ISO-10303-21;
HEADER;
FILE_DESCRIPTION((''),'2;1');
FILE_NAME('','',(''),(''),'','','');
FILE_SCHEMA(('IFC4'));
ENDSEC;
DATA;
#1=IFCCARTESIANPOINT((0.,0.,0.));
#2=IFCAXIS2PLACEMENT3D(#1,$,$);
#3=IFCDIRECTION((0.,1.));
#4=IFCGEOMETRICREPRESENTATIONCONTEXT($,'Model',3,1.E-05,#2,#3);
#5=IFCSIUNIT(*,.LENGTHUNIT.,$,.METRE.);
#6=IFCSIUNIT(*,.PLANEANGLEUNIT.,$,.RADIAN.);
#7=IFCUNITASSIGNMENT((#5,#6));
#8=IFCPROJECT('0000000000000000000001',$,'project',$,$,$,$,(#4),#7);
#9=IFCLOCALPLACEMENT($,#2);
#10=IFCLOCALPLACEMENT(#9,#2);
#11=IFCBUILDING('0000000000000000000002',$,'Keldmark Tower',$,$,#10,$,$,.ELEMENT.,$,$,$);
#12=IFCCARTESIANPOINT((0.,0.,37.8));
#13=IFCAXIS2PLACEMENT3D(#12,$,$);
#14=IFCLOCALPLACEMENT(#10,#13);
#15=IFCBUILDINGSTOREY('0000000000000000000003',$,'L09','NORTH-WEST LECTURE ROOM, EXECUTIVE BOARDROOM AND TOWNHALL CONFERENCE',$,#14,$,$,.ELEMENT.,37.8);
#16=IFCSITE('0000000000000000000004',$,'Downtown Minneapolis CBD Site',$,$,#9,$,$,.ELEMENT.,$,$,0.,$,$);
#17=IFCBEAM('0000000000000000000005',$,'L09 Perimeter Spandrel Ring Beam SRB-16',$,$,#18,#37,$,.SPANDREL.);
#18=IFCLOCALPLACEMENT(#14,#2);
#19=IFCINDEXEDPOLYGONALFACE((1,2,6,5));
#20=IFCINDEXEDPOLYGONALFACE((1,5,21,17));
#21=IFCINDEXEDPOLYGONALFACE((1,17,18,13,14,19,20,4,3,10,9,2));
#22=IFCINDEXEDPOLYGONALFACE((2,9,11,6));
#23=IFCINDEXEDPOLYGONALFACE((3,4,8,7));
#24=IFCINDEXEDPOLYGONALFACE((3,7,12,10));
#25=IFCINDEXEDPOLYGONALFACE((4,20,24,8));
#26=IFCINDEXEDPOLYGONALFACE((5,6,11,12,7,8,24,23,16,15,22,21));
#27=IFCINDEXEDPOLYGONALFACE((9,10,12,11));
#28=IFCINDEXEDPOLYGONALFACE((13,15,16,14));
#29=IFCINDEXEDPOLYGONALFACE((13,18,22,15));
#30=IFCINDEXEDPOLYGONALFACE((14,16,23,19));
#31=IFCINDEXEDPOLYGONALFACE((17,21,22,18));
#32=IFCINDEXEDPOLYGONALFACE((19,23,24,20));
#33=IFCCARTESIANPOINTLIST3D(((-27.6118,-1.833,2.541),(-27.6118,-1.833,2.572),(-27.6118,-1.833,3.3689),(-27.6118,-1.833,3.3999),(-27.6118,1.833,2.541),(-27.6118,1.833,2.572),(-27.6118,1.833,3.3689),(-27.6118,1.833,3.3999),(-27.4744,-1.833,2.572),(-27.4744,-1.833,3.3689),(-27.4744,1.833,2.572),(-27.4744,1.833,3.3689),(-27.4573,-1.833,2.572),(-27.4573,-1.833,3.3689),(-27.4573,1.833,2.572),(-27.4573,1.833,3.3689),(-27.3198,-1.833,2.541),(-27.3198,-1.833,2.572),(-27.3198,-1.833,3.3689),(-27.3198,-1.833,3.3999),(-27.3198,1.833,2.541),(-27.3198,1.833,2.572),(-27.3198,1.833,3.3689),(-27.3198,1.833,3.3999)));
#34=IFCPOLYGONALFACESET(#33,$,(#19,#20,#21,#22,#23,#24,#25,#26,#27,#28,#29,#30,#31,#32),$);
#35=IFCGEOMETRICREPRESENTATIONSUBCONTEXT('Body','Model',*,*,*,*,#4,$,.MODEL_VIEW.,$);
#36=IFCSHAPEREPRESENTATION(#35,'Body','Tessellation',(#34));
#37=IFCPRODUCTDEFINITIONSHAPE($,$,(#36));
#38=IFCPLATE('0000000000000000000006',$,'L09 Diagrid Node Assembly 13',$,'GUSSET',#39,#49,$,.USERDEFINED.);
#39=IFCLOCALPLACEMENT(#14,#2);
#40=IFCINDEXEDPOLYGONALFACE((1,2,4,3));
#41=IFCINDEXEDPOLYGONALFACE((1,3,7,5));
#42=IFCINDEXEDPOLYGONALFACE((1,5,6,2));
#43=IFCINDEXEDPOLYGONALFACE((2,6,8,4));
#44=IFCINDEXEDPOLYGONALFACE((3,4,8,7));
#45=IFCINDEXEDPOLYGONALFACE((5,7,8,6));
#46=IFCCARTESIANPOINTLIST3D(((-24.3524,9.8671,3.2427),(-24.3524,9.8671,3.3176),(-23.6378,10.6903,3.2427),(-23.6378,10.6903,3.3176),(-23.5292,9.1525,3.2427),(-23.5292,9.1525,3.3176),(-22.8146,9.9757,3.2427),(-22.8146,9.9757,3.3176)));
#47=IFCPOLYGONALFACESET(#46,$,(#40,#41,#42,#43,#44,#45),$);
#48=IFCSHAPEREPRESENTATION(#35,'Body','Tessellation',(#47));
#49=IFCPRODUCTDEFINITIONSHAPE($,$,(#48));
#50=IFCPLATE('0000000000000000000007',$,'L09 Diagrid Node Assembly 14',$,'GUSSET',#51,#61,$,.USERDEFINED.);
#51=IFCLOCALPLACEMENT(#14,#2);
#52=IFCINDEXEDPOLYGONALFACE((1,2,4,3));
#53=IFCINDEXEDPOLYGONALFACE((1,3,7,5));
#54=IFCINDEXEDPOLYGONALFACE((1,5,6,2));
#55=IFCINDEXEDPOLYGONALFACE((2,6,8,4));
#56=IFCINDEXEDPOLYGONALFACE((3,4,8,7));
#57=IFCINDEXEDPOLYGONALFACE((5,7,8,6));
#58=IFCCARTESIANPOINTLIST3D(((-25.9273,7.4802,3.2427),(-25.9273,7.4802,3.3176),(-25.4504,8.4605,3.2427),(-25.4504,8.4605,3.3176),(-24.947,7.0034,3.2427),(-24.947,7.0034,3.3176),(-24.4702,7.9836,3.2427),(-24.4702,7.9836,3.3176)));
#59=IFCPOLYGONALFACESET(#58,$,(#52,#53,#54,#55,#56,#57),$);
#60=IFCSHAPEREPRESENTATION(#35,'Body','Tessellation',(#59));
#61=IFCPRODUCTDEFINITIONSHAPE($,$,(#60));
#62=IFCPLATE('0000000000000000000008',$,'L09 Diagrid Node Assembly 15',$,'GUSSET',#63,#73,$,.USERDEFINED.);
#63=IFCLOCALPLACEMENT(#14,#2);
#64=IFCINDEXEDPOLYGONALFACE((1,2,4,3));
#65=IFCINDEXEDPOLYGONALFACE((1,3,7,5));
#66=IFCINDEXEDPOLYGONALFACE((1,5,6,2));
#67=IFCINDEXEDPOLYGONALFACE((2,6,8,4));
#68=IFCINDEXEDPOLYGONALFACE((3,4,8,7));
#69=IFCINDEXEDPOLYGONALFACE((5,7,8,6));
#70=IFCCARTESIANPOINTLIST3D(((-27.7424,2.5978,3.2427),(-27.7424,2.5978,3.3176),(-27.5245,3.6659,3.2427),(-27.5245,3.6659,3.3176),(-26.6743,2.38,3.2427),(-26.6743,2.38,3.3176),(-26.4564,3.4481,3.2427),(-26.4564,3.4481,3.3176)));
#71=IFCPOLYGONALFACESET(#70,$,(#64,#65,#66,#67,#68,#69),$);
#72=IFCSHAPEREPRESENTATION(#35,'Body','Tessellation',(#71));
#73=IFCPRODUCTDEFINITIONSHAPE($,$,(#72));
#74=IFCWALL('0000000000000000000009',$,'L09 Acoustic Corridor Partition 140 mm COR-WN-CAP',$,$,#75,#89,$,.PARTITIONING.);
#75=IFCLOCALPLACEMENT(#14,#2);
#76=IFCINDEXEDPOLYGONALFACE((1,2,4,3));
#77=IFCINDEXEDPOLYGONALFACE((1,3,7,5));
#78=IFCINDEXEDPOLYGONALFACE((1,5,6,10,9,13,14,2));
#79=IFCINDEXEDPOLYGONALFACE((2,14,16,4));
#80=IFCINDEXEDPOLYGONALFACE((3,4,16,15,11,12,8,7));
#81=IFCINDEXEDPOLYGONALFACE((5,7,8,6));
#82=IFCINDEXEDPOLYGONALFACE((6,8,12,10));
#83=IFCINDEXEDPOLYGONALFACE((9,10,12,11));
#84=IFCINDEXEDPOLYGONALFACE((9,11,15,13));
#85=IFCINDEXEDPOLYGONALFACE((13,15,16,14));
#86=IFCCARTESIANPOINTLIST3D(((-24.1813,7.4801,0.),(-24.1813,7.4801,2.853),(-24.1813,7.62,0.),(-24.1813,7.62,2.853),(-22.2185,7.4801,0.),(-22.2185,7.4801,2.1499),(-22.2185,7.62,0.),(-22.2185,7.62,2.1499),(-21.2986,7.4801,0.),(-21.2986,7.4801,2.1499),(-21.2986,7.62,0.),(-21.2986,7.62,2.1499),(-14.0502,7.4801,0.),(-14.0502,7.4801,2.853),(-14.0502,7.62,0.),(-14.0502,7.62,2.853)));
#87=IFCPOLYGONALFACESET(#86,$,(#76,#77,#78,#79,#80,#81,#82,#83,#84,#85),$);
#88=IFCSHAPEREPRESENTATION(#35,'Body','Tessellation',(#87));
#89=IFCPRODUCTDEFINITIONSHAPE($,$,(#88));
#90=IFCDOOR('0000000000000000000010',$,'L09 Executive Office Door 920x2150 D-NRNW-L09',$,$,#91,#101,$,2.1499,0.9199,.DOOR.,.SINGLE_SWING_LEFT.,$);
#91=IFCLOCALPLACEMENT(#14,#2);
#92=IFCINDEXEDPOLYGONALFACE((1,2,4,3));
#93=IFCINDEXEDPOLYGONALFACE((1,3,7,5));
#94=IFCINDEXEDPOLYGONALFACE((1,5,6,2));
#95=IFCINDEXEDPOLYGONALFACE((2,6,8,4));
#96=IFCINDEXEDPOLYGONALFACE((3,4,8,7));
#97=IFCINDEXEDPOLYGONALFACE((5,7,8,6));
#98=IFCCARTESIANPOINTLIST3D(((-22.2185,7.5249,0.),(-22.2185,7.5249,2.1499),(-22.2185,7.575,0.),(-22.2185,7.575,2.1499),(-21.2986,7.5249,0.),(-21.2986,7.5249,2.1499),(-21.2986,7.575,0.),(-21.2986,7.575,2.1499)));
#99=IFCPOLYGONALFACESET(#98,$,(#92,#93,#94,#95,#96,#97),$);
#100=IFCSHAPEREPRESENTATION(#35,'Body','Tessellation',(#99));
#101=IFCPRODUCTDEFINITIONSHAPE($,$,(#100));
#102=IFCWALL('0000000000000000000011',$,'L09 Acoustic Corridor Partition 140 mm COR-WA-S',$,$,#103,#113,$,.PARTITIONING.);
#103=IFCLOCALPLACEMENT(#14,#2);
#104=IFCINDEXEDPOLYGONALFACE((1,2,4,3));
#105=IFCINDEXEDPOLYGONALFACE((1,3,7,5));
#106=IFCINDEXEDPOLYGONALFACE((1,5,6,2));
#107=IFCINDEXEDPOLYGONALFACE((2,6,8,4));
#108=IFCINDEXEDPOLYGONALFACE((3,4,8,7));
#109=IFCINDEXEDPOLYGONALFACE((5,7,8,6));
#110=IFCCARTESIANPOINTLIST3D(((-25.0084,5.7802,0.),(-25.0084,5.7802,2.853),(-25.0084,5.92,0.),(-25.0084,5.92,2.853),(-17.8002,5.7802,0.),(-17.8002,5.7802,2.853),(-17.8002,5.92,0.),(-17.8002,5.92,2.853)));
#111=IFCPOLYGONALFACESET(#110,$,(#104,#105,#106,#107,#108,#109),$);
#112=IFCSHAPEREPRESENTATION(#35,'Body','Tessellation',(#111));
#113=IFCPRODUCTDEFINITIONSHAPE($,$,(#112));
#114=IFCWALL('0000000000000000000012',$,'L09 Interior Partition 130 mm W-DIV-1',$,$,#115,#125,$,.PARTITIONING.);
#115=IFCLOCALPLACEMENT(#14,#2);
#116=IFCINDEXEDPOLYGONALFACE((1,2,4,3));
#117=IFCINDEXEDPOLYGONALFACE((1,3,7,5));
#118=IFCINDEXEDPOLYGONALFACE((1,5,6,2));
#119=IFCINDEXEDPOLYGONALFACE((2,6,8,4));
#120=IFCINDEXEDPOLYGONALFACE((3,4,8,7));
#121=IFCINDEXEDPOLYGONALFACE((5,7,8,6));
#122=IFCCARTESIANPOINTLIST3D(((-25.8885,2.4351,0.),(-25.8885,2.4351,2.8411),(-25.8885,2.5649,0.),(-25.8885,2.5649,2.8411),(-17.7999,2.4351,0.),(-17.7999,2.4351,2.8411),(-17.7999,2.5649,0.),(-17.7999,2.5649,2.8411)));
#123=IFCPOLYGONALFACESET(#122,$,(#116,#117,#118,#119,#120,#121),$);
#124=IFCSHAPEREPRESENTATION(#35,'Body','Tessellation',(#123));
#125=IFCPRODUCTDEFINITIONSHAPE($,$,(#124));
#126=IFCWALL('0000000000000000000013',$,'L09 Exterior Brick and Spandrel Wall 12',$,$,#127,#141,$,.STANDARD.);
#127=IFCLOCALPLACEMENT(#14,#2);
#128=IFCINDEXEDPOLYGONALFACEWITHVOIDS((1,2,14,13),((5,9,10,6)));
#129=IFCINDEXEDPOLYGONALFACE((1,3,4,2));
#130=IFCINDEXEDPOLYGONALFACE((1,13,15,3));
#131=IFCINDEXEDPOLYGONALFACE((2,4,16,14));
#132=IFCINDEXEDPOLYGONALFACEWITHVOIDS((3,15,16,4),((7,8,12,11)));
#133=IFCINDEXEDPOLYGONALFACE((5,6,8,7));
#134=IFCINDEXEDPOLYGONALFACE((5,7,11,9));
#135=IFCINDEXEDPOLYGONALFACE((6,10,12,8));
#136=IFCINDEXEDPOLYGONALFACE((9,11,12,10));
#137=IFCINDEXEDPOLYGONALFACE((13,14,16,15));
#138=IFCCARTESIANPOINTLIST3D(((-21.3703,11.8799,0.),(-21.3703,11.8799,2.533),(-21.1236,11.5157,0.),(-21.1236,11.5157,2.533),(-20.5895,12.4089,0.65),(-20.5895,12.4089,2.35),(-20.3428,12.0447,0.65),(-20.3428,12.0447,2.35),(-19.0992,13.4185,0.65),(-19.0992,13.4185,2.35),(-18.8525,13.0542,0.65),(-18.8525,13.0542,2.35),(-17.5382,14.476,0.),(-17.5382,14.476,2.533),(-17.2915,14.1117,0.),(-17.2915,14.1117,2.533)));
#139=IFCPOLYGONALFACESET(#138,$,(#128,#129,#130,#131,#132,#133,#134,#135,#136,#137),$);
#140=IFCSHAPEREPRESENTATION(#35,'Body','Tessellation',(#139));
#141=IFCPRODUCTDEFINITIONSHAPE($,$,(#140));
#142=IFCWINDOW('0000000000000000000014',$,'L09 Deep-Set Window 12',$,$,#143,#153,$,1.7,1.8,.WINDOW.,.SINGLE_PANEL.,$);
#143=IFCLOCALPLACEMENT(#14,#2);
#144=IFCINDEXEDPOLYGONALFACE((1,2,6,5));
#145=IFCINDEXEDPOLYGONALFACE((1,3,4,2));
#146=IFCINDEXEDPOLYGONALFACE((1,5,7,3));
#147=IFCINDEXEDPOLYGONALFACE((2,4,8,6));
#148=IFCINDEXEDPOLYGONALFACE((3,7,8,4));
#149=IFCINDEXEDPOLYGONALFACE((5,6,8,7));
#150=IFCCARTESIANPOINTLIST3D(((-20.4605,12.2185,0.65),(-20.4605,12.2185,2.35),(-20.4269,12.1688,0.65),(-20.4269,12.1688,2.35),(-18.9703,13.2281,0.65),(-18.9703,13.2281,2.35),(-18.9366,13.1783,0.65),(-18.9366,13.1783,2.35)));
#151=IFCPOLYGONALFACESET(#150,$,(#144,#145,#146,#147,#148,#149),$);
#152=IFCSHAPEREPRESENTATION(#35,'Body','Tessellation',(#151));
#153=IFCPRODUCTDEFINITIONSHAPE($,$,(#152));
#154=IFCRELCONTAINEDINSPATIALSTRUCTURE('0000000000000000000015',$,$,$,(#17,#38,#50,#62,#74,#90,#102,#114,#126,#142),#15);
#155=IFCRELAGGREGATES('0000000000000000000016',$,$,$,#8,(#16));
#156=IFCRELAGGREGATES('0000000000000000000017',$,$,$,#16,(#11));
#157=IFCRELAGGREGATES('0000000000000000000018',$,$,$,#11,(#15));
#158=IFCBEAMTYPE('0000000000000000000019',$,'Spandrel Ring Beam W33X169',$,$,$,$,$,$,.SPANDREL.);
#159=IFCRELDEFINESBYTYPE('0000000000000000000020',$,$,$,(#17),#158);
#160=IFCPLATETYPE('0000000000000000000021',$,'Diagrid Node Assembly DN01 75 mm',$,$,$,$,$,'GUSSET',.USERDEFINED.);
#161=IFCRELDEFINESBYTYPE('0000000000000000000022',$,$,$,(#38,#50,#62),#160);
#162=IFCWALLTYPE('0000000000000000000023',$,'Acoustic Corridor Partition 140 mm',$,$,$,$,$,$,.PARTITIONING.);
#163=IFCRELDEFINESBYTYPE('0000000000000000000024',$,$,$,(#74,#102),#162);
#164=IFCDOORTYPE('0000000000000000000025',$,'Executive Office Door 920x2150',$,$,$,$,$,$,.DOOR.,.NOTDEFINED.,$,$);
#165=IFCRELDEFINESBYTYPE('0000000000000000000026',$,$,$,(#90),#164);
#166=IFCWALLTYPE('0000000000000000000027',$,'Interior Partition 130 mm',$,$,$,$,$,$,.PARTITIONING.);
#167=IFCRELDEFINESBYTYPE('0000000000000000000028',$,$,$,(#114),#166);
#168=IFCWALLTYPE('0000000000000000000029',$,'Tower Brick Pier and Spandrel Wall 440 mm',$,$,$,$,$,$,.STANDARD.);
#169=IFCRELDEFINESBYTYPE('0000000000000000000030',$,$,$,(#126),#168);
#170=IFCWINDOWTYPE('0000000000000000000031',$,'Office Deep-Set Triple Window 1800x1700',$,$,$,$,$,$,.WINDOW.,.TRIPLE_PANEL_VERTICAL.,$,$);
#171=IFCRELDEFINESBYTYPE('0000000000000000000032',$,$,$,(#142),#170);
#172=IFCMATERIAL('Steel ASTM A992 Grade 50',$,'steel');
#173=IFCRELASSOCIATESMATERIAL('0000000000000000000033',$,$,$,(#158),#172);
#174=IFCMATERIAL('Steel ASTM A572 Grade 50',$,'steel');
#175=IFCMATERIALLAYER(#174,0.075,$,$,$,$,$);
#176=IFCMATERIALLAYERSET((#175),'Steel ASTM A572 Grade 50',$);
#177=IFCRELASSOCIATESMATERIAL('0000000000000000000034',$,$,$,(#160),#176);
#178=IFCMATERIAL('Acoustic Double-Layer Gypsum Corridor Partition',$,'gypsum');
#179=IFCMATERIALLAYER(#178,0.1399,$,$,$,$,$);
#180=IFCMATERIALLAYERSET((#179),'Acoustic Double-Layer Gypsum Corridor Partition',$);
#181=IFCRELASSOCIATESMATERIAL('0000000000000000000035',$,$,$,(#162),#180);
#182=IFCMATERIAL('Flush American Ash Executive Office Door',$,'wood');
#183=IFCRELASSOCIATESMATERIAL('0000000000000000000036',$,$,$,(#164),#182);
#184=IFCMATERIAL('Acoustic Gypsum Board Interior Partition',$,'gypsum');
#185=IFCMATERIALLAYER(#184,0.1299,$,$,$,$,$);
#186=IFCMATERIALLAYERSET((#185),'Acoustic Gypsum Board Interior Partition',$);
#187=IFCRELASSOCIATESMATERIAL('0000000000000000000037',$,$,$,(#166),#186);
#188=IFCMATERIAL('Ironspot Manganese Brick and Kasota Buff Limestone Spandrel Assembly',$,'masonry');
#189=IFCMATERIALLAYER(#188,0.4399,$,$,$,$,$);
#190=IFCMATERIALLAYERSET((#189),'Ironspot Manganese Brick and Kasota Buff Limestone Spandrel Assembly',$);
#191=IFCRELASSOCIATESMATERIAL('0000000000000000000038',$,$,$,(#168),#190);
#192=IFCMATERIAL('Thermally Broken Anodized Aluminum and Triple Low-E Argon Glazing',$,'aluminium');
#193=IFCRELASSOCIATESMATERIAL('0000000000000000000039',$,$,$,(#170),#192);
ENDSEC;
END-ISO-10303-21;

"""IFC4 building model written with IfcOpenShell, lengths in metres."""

from ifc_helpers import new_model, si_unit, direction, frame, frame_2d, origin, origin_2d, place, context, subcontext, project, spatial, rectangle, i_section, extrude, material, layer, layer_set, material_profile, profile_set, type_object, element, fill, save


model = new_model("IFC4")

# Units and contexts
model_context = context("Model", 3, precision=1e-05, world=origin(), true_north=direction((0.0, 1.0)))
body_context = subcontext(model_context, "Body", "Model", "MODEL_VIEW")
ifc_project = project(units=[si_unit("LENGTHUNIT", "METRE"), si_unit("PLANEANGLEUNIT", "RADIAN")], contexts=[model_context])

# Site, building, storey
site_placement = place(None, origin())
site = spatial("IfcSite", under=ifc_project, at=site_placement, Name="Downtown Minneapolis CBD Site", CompositionType="ELEMENT", RefElevation=0.0)
building_placement = place(site_placement, origin())
building = spatial("IfcBuilding", under=site, at=building_placement, Name="Keldmark Tower", CompositionType="ELEMENT")
storey_placement = place(building_placement, frame((0.0, 0.0, 37.8)))
storey = spatial("IfcBuildingStorey", under=building, at=storey_placement, Name="L09", Description="NORTH-WEST LECTURE ROOM, EXECUTIVE BOARDROOM AND TOWNHALL CONFERENCE", CompositionType="ELEMENT", Elevation=37.8)

# Beam
ifc_material_1 = material(Name="Steel ASTM A992 Grade 50", Category="steel")
ifc_material_profile_1 = material_profile(ifc_material_1, i_section(OverallWidth=0.292, OverallDepth=0.8589, WebThickness=0.0171, FlangeThickness=0.031, at=origin_2d()), Name="W33X169")
ifc_profile_set_1 = profile_set([ifc_material_profile_1], Name="Steel ASTM A992 Grade 50")
beam_type_1 = type_object("IfcBeamType", Name="Spandrel Ring Beam W33X169", PredefinedType="SPANDREL", material=ifc_profile_set_1)
beam_1_placement = place(storey_placement, frame((-27.4658, 1.833, 2.9705), z_axis=(0.0, -1.0, 0.0), x_axis=(1.0, 0.0, 0.0)))
element("IfcBeam", 1, at=beam_1_placement, inside=storey, type_object=beam_type_1, Name="L09 Perimeter Spandrel Ring Beam SRB-16", PredefinedType="SPANDREL", context=body_context, shape_type="SweptSolid", body=[
    extrude(i_section(OverallWidth=0.292, OverallDepth=0.8589, WebThickness=0.0171, FlangeThickness=0.031, at=origin_2d()), origin(), (0.0, 0.0, 1.0), 3.666),
])

# Plates
ifc_material_2 = material(Name="Steel ASTM A572 Grade 50", Category="steel")
ifc_layer_1 = layer(ifc_material_2, 0.075)
ifc_layer_set_1 = layer_set([ifc_layer_1], Name="Steel ASTM A572 Grade 50")
plate_type = type_object("IfcPlateType", Name="Diagrid Node Assembly DN01 75 mm", ElementType="GUSSET", PredefinedType="USERDEFINED", material=ifc_layer_set_1)
for number, where, z_axis, x_axis, name in (
    (2, (-23.5835, 9.9214, 3.2427), (0.0, 0.0, 1.0), (-0.655532, -0.755167, 0.0), "L09 Diagrid Node Assembly 13"),
    (3, (-25.1987, 7.7319, 3.2427), (0.0, 0.0, 1.0), (-0.43743, -0.899253, 0.0), "L09 Diagrid Node Assembly 14"),
    (4, (-27.0994, 3.0229, 3.2427), (0.0, 0.0, 1.0), (-0.199881, -0.97982, 0.0), "L09 Diagrid Node Assembly 15"),
):
    element("IfcPlate", number, at=place(storey_placement, frame(where, z_axis=z_axis, x_axis=x_axis)), inside=storey, type_object=plate_type, Name=name, ObjectType="GUSSET", PredefinedType="USERDEFINED", context=body_context, shape_type="SweptSolid", body=[
        extrude(rectangle(XDim=1.0901, YDim=1.0901, at=origin_2d()), origin(), (0.0, 0.0, 1.0), 0.075),
    ])

# Wall, opening, door
ifc_material_3 = material(Name="Acoustic Double-Layer Gypsum Corridor Partition", Category="gypsum")
ifc_layer_2 = layer(ifc_material_3, 0.1399)
ifc_layer_set_2 = layer_set([ifc_layer_2], Name="Acoustic Double-Layer Gypsum Corridor Partition")
wall_type_1 = type_object("IfcWallType", Name="Acoustic Corridor Partition 140 mm", PredefinedType="PARTITIONING", material=ifc_layer_set_2)
wall_1_placement = place(storey_placement, frame((-24.1812, 7.55, 0.0), z_axis=(0.0, 0.0, 1.0), x_axis=(1.0, 0.0, 0.0)))
wall_1 = element("IfcWall", 5, at=wall_1_placement, inside=storey, type_object=wall_type_1, Name="L09 Acoustic Corridor Partition 140 mm COR-WN-CAP", PredefinedType="PARTITIONING", context=body_context, shape_type="SweptSolid", body=[
    extrude(rectangle(XDim=10.1311, YDim=0.1399, at=frame_2d((5.0654, 0.0))), origin(), (0.0, 0.0, 1.0), 2.853),
])
opening_1_placement = place(wall_1_placement, frame((1.9626, 0.0, 0.0)))
opening_1 = element("IfcOpeningElement", 6, at=opening_1_placement, cuts=wall_1, PredefinedType="OPENING", context=body_context, shape_type="SweptSolid", body=[
    extrude(rectangle(XDim=0.9199, YDim=2.1499, at=frame_2d((0.46, 1.075))), frame((0.0, 0.0798, 0.0), z_axis=(0.0, -1.0, 0.0), x_axis=(1.0, 0.0, 0.0)), (0.0, 0.0, 1.0), 0.1599),
])
ifc_material_4 = material(Name="Flush American Ash Executive Office Door", Category="wood")
door_type = type_object("IfcDoorType", Name="Executive Office Door 920x2150", OperationType="NOTDEFINED", PredefinedType="DOOR", material=ifc_material_4)
door_placement = place(opening_1_placement, origin())
door = element("IfcDoor", 7, at=door_placement, inside=storey, type_object=door_type, Name="L09 Executive Office Door 920x2150 D-NRNW-L09", OperationType="SINGLE_SWING_LEFT", OverallHeight=2.1499, OverallWidth=0.9199, PredefinedType="DOOR", context=body_context, shape_type="SweptSolid", body=[
    extrude(rectangle(XDim=0.9199, YDim=2.1499, at=frame_2d((0.46, 1.075))), frame((0.0, 0.0249, 0.0), z_axis=(0.0, -1.0, 0.0), x_axis=(1.0, 0.0, 0.0)), (0.0, 0.0, 1.0), 0.05),
])
fill(opening_1, door)

# Walls
wall_2_placement = place(storey_placement, frame((-25.0083, 5.8501, 0.0), z_axis=(0.0, 0.0, 1.0), x_axis=(1.0, 0.0, 0.0)))
element("IfcWall", 8, at=wall_2_placement, inside=storey, type_object=wall_type_1, Name="L09 Acoustic Corridor Partition 140 mm COR-WA-S", PredefinedType="PARTITIONING", context=body_context, shape_type="SweptSolid", body=[
    extrude(rectangle(XDim=7.2083, YDim=0.1399, at=frame_2d((3.604, 0.0))), origin(), (0.0, 0.0, 1.0), 2.853),
])
ifc_material_5 = material(Name="Acoustic Gypsum Board Interior Partition", Category="gypsum")
ifc_layer_3 = layer(ifc_material_5, 0.1299)
ifc_layer_set_3 = layer_set([ifc_layer_3], Name="Acoustic Gypsum Board Interior Partition")
wall_type_2 = type_object("IfcWallType", Name="Interior Partition 130 mm", PredefinedType="PARTITIONING", material=ifc_layer_set_3)
wall_3_placement = place(storey_placement, frame((-25.8887, 2.5, 0.0), z_axis=(0.0, 0.0, 1.0), x_axis=(1.0, 0.0, 0.0)))
element("IfcWall", 9, at=wall_3_placement, inside=storey, type_object=wall_type_2, Name="L09 Interior Partition 130 mm W-DIV-1", PredefinedType="PARTITIONING", context=body_context, shape_type="SweptSolid", body=[
    extrude(rectangle(XDim=8.0886, YDim=0.1299, at=frame_2d((4.0444, 0.0))), origin(), (0.0, 0.0, 1.0), 2.8411),
])

# Wall, opening, window
ifc_material_6 = material(Name="Ironspot Manganese Brick and Kasota Buff Limestone Spandrel Assembly", Category="masonry")
ifc_layer_4 = layer(ifc_material_6, 0.4399)
ifc_layer_set_4 = layer_set([ifc_layer_4], Name="Ironspot Manganese Brick and Kasota Buff Limestone Spandrel Assembly")
wall_type_3 = type_object("IfcWallType", Name="Tower Brick Pier and Spandrel Wall 440 mm", PredefinedType="STANDARD", material=ifc_layer_set_4)
wall_4_placement = place(storey_placement, frame((-21.2471, 11.6978, 0.0), z_axis=(0.0, 0.0, 1.0), x_axis=(0.827913, 0.560856, 0.0)))
wall_4 = element("IfcWall", 10, at=wall_4_placement, inside=storey, type_object=wall_type_3, Name="L09 Exterior Brick and Spandrel Wall 12", PredefinedType="STANDARD", context=body_context, shape_type="SweptSolid", body=[
    extrude(rectangle(XDim=4.6287, YDim=0.4399, at=frame_2d((2.3145, 0.0))), origin(), (0.0, 0.0, 1.0), 2.533),
])
opening_2_placement = place(wall_4_placement, frame((0.9434, 0.0, 0.6499)))
opening_2 = element("IfcOpeningElement", 11, at=opening_2_placement, cuts=wall_4, PredefinedType="OPENING", context=body_context, shape_type="SweptSolid", body=[
    extrude(rectangle(XDim=1.8, YDim=1.7, at=frame_2d((0.8999, 0.8501))), frame((0.0, 0.23, 0.0), z_axis=(0.0, -1.0, 0.0), x_axis=(1.0, 0.0, 0.0)), (0.0, 0.0, 1.0), 0.46),
])
ifc_material_7 = material(Name="Thermally Broken Anodized Aluminum and Triple Low-E Argon Glazing", Category="aluminium")
window_type_1 = type_object("IfcWindowType", Name="Office Deep-Set Triple Window 1800x1700", PartitioningType="TRIPLE_PANEL_VERTICAL", PredefinedType="WINDOW", material=ifc_material_7)
window_1_placement = place(opening_2_placement, origin())
window_1 = element("IfcWindow", 12, at=window_1_placement, inside=storey, type_object=window_type_1, Name="L09 Deep-Set Window 12", OverallHeight=1.7, OverallWidth=1.8, PartitioningType="SINGLE_PANEL", PredefinedType="WINDOW", context=body_context, shape_type="SweptSolid", body=[
    extrude(rectangle(XDim=1.8, YDim=1.7, at=frame_2d((0.8999, 0.8501))), frame((0.0, -0.01, 0.0), z_axis=(0.0, -1.0, 0.0), x_axis=(1.0, 0.0, 0.0)), (0.0, 0.0, 1.0), 0.0601),
])
fill(opening_2, window_1)

save(model, "model.ifc")
